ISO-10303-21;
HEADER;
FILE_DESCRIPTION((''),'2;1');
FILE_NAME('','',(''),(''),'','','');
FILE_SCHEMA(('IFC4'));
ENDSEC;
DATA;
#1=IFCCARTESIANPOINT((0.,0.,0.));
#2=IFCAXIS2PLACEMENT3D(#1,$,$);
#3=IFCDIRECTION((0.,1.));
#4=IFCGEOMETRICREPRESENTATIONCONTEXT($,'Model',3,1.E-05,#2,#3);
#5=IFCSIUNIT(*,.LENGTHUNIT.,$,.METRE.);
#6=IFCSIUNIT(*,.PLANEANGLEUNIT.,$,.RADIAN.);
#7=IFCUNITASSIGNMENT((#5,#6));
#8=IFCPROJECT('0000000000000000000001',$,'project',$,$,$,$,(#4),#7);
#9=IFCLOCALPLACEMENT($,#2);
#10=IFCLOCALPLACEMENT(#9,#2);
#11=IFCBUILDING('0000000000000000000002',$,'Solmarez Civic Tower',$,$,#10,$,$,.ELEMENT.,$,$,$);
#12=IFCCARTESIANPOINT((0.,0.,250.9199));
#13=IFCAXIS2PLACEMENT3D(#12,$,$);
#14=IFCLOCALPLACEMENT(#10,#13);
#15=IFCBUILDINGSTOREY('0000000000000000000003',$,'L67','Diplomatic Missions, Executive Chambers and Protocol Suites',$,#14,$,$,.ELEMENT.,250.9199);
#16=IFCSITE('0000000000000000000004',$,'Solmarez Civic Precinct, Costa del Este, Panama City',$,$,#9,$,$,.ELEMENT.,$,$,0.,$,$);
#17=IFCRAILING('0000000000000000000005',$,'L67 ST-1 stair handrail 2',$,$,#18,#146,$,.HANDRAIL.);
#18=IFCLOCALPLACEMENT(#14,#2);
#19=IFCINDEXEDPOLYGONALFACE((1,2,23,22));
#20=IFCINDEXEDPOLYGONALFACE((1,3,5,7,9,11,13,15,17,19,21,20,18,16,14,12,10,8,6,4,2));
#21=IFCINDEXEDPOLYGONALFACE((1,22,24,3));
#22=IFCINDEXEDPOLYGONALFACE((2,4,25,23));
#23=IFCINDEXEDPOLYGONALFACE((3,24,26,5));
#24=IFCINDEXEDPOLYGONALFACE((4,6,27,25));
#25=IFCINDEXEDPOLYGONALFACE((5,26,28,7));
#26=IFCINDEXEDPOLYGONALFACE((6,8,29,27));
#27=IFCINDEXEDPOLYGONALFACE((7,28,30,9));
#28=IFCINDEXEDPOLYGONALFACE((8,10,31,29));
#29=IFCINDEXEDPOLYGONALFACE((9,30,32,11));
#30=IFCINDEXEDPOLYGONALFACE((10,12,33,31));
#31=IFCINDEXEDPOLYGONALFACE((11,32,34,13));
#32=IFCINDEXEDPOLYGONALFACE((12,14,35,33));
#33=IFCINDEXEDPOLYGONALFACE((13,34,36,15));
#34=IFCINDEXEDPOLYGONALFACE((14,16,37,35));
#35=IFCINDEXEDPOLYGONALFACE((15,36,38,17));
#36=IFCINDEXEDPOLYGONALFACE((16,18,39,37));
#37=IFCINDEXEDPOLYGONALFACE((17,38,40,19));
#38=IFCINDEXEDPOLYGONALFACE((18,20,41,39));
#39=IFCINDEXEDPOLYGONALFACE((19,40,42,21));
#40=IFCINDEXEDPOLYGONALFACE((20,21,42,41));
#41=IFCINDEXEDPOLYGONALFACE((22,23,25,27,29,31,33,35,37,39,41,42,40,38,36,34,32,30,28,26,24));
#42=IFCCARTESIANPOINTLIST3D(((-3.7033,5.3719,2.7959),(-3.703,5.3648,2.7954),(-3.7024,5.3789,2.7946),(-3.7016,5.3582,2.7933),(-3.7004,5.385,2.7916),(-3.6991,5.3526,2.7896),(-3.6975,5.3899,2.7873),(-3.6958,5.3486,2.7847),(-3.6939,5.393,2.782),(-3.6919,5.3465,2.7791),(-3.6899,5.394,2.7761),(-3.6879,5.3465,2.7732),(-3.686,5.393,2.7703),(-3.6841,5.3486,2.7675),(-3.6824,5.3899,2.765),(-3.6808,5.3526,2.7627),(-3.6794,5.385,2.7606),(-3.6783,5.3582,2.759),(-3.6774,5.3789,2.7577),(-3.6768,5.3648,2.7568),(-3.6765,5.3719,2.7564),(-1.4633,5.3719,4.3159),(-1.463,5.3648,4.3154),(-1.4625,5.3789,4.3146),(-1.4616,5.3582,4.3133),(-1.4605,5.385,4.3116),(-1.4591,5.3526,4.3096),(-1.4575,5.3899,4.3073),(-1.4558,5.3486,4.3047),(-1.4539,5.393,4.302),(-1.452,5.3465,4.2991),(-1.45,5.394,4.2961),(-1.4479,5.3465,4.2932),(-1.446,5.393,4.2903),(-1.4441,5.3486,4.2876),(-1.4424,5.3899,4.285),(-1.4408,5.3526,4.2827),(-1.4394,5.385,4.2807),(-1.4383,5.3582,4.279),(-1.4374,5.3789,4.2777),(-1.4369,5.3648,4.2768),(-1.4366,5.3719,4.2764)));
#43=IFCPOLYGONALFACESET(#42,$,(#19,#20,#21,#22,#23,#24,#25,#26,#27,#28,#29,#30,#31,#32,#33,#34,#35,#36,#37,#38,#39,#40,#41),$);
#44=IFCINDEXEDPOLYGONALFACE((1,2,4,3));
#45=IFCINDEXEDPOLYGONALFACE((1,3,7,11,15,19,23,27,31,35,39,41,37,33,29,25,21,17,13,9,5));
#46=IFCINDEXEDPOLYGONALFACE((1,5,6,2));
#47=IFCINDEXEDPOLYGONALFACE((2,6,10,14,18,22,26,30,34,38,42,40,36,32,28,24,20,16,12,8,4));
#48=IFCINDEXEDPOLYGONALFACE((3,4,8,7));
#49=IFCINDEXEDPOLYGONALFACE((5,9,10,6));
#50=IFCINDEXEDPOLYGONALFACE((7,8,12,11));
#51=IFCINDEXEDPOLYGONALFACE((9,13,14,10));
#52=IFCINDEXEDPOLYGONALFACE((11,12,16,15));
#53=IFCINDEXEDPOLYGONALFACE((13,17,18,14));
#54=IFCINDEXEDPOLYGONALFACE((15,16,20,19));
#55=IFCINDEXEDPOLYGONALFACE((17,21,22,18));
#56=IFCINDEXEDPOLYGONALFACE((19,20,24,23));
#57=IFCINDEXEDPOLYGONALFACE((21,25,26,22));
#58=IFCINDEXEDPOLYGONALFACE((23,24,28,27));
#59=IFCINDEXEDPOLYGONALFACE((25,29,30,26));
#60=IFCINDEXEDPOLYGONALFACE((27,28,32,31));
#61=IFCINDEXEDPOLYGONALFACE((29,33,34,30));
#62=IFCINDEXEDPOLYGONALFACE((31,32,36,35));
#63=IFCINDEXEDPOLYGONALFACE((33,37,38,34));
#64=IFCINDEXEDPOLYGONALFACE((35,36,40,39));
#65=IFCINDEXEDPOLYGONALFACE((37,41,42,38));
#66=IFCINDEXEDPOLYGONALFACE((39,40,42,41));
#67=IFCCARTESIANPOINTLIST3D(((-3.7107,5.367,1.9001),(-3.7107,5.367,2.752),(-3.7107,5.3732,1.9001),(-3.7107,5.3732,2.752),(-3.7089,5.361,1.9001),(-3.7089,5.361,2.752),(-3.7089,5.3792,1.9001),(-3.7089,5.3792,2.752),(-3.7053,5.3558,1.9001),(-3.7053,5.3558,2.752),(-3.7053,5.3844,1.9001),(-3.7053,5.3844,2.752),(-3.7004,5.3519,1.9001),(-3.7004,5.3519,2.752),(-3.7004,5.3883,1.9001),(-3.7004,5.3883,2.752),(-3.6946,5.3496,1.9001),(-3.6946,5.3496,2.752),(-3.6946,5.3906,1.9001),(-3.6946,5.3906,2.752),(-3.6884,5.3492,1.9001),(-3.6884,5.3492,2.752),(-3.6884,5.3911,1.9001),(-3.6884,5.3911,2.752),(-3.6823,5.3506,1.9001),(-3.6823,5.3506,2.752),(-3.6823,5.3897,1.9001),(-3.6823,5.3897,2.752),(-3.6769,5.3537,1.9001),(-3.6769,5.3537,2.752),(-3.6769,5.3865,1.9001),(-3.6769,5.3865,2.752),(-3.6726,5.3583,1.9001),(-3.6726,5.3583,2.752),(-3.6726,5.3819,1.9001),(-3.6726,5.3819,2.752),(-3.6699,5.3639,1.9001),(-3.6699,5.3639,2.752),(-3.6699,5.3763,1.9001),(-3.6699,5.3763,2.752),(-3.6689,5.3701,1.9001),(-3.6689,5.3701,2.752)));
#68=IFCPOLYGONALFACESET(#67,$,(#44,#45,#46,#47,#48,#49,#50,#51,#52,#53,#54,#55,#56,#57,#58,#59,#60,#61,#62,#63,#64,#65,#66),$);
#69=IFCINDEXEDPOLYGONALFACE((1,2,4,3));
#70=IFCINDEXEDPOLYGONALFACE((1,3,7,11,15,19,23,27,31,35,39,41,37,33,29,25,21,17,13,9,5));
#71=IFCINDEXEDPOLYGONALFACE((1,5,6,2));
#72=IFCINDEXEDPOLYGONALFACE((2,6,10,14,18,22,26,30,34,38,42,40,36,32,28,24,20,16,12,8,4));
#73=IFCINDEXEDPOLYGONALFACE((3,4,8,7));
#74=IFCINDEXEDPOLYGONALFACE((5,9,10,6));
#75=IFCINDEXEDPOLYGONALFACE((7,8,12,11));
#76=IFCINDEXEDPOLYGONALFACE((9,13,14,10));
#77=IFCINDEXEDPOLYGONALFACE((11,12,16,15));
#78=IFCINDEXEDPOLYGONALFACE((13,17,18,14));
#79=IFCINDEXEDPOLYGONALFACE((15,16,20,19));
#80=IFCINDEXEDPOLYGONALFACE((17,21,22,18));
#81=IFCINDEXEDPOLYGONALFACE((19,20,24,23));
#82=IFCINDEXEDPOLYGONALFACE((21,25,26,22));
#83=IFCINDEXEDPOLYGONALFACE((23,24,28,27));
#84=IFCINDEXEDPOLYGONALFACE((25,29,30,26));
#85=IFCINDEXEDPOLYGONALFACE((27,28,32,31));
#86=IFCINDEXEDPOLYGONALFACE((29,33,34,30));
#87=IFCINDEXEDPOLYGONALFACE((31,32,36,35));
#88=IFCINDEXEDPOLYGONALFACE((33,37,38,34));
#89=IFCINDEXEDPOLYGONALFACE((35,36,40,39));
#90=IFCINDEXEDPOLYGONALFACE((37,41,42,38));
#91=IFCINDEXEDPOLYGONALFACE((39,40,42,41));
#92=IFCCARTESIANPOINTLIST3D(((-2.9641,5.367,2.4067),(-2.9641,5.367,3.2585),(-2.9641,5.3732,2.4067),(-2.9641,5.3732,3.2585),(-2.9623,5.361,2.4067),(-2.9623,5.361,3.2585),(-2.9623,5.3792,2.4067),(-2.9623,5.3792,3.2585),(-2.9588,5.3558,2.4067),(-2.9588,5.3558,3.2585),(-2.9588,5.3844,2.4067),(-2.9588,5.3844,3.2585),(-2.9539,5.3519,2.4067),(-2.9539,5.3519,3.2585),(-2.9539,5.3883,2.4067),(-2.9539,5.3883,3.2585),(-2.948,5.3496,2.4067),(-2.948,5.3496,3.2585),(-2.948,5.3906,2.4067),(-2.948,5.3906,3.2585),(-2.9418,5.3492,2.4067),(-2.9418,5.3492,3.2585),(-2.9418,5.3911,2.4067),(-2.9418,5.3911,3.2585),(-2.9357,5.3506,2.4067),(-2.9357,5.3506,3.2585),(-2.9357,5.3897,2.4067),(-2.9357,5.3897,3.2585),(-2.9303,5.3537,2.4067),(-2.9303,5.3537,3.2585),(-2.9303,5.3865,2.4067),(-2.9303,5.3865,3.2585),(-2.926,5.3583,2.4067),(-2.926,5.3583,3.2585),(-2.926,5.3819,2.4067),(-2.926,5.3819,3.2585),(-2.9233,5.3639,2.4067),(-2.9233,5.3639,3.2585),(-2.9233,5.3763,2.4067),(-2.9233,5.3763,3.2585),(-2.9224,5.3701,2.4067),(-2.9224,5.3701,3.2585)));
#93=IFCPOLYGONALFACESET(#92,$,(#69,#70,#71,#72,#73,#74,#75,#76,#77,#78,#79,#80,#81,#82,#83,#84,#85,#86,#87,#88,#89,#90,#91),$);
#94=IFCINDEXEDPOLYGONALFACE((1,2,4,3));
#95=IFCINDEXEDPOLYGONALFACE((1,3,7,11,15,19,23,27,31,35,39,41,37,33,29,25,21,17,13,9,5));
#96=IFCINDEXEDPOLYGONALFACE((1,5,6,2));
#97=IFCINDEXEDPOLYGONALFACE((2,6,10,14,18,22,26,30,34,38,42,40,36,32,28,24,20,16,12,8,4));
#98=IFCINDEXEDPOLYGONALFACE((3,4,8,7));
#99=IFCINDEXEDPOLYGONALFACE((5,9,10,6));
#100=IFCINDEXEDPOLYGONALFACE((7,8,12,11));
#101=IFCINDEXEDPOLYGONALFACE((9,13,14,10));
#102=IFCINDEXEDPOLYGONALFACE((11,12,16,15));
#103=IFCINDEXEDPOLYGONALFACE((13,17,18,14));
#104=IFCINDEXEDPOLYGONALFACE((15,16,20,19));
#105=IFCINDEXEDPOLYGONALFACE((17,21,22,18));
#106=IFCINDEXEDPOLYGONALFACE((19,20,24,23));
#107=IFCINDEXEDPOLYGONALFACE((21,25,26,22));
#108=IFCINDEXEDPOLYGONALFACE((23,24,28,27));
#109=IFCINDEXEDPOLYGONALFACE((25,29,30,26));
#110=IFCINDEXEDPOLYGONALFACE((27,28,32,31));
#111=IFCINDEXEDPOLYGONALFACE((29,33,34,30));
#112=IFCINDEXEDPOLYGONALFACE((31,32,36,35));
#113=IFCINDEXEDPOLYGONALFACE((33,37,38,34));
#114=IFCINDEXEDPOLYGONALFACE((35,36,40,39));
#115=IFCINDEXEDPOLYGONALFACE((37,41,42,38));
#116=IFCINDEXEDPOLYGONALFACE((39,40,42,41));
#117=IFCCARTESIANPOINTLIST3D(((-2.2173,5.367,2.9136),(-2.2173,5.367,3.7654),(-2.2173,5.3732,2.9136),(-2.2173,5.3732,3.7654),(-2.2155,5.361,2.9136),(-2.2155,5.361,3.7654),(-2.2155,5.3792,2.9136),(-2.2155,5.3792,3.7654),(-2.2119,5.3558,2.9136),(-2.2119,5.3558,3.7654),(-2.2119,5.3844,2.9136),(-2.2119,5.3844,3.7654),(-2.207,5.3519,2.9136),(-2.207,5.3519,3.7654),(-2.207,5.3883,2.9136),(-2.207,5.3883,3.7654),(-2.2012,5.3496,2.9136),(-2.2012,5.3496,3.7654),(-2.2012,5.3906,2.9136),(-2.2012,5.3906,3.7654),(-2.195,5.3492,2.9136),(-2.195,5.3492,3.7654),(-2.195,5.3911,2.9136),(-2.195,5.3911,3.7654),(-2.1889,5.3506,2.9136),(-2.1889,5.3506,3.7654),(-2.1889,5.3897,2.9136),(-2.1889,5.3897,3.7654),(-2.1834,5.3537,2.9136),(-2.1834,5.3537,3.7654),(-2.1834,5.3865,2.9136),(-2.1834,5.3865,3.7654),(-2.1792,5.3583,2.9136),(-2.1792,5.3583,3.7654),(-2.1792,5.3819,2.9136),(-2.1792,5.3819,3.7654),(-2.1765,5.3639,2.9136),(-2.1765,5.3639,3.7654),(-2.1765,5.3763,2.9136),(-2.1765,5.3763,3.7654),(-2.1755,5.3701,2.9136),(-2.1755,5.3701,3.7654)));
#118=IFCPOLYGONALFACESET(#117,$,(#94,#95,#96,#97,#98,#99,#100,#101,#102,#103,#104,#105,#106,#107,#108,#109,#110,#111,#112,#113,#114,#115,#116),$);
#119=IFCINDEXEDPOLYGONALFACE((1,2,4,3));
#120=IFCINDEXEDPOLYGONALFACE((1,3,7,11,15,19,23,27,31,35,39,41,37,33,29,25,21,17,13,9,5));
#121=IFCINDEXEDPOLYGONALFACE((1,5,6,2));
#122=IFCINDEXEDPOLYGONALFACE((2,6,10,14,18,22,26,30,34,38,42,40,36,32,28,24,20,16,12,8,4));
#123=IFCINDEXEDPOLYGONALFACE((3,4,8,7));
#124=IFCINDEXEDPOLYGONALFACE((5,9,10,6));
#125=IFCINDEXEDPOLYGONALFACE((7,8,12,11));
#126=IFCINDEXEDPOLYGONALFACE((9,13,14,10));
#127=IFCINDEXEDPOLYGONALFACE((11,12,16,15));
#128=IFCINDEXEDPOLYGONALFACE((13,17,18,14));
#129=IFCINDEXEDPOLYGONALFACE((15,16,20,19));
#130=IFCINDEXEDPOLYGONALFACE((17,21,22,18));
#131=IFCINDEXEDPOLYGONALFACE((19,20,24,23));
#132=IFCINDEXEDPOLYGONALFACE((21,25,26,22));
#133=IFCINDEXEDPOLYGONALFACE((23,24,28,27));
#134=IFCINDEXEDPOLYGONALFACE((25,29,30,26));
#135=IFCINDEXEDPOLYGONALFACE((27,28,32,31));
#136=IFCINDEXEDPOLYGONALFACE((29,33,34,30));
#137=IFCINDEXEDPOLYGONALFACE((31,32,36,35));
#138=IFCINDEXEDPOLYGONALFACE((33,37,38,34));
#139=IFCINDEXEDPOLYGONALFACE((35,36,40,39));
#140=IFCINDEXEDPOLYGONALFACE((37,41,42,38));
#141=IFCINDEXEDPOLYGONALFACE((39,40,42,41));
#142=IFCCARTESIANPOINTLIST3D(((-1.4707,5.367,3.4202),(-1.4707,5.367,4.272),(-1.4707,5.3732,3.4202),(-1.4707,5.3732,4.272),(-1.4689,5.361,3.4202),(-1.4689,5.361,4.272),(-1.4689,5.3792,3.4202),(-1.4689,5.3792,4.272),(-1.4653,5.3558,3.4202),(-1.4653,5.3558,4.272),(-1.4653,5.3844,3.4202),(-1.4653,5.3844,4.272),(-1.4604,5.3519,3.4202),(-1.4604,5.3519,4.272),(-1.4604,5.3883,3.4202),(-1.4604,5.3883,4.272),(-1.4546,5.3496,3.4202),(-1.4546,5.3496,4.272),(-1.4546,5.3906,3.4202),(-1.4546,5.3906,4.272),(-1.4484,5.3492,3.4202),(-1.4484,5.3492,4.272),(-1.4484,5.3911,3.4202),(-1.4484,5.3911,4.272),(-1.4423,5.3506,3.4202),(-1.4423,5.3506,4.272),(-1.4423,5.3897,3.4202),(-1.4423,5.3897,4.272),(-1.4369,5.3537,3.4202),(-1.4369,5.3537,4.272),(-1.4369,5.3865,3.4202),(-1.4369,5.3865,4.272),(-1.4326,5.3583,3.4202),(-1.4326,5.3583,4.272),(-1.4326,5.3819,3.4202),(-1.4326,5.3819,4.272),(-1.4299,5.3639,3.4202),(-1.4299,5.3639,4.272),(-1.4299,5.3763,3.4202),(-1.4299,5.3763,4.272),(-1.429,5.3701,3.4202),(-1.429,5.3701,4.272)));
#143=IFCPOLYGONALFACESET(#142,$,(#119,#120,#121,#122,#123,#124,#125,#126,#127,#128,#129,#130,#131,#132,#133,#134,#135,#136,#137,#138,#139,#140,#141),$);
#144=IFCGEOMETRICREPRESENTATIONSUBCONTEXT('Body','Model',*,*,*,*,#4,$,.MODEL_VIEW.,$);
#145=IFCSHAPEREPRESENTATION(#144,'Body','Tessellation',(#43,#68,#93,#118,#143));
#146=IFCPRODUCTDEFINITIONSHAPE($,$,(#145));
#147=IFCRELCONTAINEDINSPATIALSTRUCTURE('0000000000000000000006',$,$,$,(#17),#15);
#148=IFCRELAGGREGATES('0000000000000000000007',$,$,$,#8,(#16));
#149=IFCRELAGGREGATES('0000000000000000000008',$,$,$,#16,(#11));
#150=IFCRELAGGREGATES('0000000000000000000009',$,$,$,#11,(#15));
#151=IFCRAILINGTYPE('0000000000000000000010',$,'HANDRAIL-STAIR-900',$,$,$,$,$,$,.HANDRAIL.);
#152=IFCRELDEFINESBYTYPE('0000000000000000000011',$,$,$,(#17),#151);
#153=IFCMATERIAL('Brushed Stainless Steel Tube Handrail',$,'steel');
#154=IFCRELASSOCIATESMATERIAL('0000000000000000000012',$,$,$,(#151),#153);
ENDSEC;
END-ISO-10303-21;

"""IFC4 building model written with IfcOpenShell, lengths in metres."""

from ifc_helpers import new_model, si_unit, direction, frame, origin, origin_2d, place, context, subcontext, project, spatial, circle, extrude, material, type_object, element, save


model = new_model("IFC4")

# Units and contexts
model_context = context("Model", 3, precision=1e-05, world=origin(), true_north=direction((0.0, 1.0)))
body_context = subcontext(model_context, "Body", "Model", "MODEL_VIEW")
ifc_project = project(units=[si_unit("LENGTHUNIT", "METRE"), si_unit("PLANEANGLEUNIT", "RADIAN")], contexts=[model_context])

# Site, building, storey
site_placement = place(None, origin())
site = spatial("IfcSite", under=ifc_project, at=site_placement, Name="Solmarez Civic Precinct, Costa del Este, Panama City", CompositionType="ELEMENT", RefElevation=0.0)
building_placement = place(site_placement, origin())
building = spatial("IfcBuilding", under=site, at=building_placement, Name="Solmarez Civic Tower", CompositionType="ELEMENT")
storey_placement = place(building_placement, frame((0.0, 0.0, 250.9199)))
storey = spatial("IfcBuildingStorey", under=building, at=storey_placement, Name="L67", Description="Diplomatic Missions, Executive Chambers and Protocol Suites", CompositionType="ELEMENT", Elevation=250.9199)

# Railing
ifc_material_1 = material(Name="Brushed Stainless Steel Tube Handrail", Category="steel")
railing_type_1 = type_object("IfcRailingType", Name="HANDRAIL-STAIR-900", PredefinedType="HANDRAIL", material=ifc_material_1)
railing_1_placement = place(storey_placement, frame((-3.6899, 5.3701, 1.9001)))
element("IfcRailing", 1, at=railing_1_placement, inside=storey, type_object=railing_type_1, Name="L67 ST-1 stair handrail 2", PredefinedType="HANDRAIL", context=body_context, shape_type="SweptSolid", body=[
    extrude(circle(Radius=0.0239, at=origin_2d()), frame((0.0, 0.0, 0.876), z_axis=(0.827471, 0.0, 0.561508), x_axis=(0.0, 1.0, 0.0)), (0.0, 0.0, 1.0), 2.707),
    extrude(circle(Radius=0.021, at=origin_2d()), origin(), (0.0, 0.0, 1.0), 0.8518),
    extrude(circle(Radius=0.021, at=origin_2d()), frame((0.7466, 0.0, 0.5066)), (0.0, 0.0, 1.0), 0.8518),
    extrude(circle(Radius=0.021, at=origin_2d()), frame((1.4934, 0.0, 1.0134)), (0.0, 0.0, 1.0), 0.8518),
    extrude(circle(Radius=0.021, at=origin_2d()), frame((2.24, 0.0, 1.52)), (0.0, 0.0, 1.0), 0.8518),
])

save(model, "model.ifc")
